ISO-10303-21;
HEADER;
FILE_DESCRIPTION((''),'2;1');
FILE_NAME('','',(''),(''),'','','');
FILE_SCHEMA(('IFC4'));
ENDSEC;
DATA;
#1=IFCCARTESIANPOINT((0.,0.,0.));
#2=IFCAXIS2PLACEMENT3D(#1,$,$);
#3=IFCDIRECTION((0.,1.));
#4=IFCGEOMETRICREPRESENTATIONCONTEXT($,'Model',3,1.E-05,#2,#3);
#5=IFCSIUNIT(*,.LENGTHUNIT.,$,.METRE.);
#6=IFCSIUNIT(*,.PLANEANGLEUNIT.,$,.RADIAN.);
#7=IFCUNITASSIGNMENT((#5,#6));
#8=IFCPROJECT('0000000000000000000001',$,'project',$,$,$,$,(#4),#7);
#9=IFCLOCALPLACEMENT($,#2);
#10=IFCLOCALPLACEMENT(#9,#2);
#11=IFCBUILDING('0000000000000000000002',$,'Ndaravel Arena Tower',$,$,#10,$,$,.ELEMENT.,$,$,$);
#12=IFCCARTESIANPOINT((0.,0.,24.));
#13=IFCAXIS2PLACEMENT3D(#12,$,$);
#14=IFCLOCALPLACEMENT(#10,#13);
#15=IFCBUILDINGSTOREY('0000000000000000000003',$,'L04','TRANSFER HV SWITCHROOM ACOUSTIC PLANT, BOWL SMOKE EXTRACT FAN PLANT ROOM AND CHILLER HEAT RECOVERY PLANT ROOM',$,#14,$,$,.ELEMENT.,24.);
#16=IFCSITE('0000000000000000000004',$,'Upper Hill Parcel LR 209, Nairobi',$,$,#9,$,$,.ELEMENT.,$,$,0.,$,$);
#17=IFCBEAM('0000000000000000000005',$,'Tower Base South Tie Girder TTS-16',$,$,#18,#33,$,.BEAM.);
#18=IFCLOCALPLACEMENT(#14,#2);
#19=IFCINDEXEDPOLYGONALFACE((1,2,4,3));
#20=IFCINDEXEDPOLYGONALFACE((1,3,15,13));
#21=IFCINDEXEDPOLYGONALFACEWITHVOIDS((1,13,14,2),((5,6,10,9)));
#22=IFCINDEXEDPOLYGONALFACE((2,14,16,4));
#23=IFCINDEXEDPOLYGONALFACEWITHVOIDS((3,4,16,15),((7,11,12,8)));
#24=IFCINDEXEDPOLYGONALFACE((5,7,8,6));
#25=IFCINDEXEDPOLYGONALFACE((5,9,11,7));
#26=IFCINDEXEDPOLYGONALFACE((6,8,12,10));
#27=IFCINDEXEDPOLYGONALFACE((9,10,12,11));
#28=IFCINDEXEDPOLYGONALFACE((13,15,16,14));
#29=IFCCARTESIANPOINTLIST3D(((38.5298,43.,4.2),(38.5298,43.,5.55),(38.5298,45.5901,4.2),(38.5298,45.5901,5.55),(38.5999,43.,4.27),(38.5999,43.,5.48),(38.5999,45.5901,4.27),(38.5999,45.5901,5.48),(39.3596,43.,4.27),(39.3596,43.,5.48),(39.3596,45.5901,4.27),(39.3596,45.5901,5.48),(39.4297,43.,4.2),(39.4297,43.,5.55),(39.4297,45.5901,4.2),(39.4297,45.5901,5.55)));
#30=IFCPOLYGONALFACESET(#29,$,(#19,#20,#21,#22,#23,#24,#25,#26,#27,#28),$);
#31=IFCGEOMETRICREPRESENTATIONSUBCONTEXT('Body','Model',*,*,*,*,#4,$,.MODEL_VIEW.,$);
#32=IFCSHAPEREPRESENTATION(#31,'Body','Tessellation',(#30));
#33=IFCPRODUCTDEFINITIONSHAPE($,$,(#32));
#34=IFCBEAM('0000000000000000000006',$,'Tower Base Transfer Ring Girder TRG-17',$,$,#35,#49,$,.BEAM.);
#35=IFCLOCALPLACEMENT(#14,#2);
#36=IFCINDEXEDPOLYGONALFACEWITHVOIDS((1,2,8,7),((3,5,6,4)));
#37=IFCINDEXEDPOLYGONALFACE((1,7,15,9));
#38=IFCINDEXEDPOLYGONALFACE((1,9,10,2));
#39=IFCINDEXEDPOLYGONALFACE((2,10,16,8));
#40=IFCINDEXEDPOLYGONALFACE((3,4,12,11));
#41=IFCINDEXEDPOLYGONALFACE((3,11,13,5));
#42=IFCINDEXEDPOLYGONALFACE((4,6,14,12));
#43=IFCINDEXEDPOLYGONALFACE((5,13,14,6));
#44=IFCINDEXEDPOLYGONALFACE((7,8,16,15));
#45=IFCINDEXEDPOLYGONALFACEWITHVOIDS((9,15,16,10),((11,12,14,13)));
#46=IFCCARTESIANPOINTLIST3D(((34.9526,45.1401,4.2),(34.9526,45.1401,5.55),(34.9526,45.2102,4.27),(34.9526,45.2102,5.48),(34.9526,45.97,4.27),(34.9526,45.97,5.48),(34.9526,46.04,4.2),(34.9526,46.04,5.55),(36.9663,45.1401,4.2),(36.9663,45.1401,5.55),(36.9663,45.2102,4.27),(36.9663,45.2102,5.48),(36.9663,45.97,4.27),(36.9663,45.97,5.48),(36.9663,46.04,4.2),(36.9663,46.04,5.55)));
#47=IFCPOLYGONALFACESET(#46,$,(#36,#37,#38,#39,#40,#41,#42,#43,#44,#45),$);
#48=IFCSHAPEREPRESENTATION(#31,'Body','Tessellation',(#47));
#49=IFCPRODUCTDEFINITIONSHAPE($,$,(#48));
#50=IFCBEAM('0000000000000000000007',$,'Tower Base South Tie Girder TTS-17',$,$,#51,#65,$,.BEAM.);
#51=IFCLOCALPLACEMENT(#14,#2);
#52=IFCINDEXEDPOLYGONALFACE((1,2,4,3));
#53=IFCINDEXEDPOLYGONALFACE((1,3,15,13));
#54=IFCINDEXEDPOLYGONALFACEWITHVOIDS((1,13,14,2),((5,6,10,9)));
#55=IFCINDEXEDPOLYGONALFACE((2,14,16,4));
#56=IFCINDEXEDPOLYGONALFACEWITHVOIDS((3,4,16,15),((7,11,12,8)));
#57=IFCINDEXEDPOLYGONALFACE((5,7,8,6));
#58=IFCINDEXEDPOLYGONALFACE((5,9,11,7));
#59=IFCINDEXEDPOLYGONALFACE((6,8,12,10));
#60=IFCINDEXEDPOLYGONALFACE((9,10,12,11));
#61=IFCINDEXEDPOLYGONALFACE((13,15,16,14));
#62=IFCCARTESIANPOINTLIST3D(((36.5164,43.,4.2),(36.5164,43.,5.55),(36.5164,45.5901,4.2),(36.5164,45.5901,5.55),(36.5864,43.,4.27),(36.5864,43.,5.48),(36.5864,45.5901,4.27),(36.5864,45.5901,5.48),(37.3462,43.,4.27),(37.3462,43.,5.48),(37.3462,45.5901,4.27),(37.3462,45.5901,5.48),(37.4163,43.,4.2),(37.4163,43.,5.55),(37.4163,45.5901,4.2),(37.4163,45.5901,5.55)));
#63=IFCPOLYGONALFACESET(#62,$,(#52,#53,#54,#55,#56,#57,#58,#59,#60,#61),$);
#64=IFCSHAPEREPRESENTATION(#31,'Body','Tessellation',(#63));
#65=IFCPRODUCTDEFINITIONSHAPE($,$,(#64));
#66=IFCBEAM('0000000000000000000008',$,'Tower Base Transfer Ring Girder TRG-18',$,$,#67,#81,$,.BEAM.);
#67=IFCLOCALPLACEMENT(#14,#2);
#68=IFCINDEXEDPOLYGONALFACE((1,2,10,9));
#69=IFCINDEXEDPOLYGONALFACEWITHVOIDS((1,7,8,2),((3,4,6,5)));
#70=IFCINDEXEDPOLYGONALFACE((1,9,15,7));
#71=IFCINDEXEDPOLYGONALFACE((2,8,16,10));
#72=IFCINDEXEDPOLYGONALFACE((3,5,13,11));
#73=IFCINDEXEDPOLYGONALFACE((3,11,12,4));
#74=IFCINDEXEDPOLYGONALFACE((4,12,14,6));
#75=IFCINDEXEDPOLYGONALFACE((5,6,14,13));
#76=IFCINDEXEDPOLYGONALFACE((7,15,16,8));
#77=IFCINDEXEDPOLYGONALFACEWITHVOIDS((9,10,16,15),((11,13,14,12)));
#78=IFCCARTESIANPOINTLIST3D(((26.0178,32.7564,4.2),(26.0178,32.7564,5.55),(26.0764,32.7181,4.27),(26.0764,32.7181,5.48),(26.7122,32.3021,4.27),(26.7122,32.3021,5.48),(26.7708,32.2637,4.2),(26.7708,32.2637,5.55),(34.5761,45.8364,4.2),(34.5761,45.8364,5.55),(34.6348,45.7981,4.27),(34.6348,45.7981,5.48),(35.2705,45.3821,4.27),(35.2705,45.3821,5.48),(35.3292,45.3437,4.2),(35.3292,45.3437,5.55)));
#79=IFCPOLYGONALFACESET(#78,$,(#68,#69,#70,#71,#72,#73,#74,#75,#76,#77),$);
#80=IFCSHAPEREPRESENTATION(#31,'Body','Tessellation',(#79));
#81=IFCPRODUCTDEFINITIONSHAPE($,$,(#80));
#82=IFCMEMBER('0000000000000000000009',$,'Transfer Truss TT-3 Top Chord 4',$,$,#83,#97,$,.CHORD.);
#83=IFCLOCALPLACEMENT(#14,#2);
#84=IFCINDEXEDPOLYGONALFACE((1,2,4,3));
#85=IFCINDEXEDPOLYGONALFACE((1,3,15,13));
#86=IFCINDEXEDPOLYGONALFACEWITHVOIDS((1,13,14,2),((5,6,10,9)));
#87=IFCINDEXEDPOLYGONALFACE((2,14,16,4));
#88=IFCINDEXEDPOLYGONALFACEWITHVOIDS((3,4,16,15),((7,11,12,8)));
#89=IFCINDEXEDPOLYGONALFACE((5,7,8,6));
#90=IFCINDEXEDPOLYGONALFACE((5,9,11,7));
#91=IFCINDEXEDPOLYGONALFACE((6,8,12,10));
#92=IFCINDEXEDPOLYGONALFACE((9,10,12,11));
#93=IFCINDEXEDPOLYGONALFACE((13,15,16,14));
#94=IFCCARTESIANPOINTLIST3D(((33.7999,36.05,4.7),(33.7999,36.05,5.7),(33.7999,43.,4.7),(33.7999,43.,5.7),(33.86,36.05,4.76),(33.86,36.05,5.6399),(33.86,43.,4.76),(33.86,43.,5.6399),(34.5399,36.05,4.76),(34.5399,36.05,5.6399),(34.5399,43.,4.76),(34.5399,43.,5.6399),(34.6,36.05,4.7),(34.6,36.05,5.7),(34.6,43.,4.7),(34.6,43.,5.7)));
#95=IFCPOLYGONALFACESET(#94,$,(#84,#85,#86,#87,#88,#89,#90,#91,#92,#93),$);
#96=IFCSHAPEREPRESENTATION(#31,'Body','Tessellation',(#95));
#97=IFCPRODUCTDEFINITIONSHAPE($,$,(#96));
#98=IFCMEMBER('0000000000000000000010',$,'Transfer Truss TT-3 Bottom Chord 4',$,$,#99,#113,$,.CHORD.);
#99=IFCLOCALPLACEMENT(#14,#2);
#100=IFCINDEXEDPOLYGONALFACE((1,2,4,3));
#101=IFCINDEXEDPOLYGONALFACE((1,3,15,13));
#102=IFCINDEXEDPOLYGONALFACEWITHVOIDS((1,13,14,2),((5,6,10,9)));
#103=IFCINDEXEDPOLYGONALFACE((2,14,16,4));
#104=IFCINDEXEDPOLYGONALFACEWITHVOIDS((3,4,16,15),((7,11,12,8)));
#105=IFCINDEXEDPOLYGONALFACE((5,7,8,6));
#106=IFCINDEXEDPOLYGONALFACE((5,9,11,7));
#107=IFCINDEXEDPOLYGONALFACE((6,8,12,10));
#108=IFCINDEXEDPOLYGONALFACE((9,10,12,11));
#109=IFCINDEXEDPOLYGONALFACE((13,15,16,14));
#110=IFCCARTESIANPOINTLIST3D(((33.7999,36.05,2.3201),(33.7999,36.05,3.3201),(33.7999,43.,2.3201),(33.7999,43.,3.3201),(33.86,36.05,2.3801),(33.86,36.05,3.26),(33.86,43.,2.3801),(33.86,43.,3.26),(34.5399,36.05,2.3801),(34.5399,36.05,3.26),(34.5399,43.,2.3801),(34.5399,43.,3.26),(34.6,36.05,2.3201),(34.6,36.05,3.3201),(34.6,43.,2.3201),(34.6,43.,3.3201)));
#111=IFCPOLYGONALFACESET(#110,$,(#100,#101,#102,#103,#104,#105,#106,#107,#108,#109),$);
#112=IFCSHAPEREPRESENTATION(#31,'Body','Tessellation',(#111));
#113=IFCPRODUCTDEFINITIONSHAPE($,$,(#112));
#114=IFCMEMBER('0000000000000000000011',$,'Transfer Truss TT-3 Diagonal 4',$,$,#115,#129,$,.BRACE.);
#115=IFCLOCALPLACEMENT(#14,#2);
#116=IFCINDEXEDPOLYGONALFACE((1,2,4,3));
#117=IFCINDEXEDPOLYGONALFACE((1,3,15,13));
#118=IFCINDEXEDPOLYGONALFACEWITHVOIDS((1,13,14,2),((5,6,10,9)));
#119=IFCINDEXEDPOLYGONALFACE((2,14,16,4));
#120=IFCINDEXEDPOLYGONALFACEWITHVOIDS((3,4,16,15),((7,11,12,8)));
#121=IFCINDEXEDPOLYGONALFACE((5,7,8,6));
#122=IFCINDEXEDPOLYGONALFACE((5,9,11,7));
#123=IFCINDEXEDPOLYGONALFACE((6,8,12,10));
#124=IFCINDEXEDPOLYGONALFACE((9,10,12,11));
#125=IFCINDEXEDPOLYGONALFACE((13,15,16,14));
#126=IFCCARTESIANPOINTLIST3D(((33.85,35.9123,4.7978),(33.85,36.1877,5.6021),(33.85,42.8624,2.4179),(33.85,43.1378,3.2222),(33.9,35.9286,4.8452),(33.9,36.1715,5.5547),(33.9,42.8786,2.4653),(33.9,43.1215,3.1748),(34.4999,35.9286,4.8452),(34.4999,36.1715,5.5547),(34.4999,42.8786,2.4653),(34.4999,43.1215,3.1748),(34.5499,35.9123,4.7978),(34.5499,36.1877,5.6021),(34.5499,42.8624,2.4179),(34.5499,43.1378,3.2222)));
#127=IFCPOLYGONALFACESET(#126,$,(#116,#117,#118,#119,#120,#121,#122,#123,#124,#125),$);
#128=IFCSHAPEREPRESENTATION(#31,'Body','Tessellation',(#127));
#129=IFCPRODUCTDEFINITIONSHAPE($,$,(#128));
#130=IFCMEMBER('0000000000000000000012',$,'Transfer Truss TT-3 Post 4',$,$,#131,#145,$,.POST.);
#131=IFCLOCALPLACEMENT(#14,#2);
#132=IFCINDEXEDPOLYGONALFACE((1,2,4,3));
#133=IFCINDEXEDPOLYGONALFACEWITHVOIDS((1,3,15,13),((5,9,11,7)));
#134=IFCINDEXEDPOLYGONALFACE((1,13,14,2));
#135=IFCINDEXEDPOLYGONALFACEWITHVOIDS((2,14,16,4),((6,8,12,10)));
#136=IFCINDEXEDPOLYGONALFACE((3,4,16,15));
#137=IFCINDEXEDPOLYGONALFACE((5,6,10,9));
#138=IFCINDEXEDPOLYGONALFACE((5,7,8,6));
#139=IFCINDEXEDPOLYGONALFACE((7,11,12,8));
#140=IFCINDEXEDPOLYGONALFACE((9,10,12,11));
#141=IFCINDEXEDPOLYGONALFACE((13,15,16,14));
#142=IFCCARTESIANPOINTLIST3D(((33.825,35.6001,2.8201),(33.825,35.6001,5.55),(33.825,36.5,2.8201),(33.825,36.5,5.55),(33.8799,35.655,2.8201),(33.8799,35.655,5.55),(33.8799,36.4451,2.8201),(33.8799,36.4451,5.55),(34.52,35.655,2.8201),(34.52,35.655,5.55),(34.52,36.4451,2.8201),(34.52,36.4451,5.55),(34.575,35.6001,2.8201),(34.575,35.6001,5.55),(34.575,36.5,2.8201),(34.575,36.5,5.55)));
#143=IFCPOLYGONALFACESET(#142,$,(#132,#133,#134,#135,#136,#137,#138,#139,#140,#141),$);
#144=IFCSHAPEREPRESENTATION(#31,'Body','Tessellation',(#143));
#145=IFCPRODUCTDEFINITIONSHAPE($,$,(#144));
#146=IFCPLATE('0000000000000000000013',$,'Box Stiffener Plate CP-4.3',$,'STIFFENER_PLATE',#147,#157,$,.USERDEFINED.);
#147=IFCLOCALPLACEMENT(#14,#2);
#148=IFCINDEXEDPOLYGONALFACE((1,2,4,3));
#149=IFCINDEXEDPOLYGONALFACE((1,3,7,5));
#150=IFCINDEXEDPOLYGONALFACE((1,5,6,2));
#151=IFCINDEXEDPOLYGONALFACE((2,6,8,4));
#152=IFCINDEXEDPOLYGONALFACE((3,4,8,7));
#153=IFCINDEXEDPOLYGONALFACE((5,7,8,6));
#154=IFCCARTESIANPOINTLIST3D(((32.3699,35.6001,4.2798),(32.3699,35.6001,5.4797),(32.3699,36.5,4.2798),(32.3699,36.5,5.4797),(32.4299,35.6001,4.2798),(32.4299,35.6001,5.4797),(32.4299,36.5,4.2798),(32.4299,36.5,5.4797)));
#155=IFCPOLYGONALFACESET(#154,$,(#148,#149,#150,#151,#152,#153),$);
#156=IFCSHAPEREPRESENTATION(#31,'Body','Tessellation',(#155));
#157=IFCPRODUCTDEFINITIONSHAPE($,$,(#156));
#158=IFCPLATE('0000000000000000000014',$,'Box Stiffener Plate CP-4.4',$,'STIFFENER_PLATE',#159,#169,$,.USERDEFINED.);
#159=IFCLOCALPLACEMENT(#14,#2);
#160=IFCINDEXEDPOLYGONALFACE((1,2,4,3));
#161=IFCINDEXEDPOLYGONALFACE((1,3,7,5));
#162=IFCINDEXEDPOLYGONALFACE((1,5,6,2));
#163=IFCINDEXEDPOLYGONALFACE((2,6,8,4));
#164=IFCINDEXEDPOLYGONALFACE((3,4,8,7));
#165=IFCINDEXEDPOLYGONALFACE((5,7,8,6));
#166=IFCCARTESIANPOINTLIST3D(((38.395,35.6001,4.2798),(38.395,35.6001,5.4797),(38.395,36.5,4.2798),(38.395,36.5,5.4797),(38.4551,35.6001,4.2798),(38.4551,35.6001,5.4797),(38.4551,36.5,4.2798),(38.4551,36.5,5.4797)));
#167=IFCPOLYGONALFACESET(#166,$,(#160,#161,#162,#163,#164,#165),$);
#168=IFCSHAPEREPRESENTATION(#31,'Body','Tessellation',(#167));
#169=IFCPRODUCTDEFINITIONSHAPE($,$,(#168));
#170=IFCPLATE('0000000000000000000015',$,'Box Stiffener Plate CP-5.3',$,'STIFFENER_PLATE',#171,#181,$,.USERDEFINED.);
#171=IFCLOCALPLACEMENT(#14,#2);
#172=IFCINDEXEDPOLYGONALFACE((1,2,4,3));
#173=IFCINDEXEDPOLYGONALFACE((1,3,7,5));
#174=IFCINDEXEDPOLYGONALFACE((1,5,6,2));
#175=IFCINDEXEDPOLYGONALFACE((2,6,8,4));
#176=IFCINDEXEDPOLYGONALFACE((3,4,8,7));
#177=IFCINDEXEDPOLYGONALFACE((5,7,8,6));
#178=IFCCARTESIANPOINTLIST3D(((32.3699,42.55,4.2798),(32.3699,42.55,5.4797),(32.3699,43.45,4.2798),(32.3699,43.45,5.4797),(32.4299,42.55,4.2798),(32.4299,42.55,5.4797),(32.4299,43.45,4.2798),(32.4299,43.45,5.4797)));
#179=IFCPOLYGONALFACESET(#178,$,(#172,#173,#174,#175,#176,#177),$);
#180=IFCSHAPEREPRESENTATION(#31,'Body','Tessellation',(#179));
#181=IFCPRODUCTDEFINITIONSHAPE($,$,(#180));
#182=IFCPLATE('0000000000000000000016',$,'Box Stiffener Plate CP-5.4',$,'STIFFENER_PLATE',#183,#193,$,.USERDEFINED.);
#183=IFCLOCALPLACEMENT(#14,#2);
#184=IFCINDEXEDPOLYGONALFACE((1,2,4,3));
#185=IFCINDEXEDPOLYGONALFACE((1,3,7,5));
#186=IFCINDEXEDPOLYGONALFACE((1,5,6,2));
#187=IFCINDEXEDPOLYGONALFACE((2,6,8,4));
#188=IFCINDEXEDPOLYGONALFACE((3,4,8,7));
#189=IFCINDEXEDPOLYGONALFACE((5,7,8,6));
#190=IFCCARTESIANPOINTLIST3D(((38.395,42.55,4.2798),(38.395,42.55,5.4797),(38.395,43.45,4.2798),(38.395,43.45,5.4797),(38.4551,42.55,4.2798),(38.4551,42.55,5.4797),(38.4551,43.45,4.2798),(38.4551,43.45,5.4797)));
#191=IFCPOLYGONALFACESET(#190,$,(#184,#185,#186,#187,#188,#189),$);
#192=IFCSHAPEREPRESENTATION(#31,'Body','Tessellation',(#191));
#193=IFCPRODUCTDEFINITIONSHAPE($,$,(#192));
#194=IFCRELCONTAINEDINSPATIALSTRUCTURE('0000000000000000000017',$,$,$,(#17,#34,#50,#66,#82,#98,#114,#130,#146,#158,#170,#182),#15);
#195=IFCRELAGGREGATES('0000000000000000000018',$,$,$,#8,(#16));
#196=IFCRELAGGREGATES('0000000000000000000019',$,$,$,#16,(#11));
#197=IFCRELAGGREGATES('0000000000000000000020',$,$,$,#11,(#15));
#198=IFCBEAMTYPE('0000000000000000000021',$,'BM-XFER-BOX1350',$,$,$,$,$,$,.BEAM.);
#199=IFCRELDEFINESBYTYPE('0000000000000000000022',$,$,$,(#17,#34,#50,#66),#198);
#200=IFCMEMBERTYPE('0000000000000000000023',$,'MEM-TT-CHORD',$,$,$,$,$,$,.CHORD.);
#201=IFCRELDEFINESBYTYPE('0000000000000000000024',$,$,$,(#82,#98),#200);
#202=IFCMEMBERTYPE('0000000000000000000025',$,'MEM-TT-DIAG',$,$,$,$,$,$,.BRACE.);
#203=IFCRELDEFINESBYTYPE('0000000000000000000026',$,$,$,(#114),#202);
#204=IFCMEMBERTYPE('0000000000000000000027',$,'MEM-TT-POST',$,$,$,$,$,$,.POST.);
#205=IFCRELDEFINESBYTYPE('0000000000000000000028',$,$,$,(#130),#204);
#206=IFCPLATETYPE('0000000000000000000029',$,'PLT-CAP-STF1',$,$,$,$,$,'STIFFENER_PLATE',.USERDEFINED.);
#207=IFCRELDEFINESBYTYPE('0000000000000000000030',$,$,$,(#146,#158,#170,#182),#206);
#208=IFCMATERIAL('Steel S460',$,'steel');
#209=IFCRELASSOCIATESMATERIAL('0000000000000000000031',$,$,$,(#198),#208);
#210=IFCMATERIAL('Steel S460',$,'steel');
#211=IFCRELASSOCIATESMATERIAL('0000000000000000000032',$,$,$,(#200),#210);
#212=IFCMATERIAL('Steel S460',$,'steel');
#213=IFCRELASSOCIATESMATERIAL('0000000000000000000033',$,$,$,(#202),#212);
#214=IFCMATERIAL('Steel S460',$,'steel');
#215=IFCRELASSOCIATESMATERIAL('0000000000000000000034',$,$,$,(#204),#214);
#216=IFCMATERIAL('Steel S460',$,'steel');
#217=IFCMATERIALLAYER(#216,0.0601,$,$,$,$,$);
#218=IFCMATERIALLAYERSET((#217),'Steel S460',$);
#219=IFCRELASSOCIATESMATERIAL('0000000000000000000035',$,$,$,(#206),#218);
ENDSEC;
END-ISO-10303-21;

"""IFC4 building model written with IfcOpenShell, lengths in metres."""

from ifc_helpers import new_model, si_unit, direction, frame, origin, origin_2d, place, context, subcontext, project, spatial, rectangle, hollow_rectangle, extrude, material, layer, layer_set, material_profile, profile_set, type_object, element, save


model = new_model("IFC4")

# Units and contexts
model_context = context("Model", 3, precision=1e-05, world=origin(), true_north=direction((0.0, 1.0)))
body_context = subcontext(model_context, "Body", "Model", "MODEL_VIEW")
ifc_project = project(units=[si_unit("LENGTHUNIT", "METRE"), si_unit("PLANEANGLEUNIT", "RADIAN")], contexts=[model_context])

# Site, building, storey
site_placement = place(None, origin())
site = spatial("IfcSite", under=ifc_project, at=site_placement, Name="Upper Hill Parcel LR 209, Nairobi", CompositionType="ELEMENT", RefElevation=0.0)
building_placement = place(site_placement, origin())
building = spatial("IfcBuilding", under=site, at=building_placement, Name="Ndaravel Arena Tower", CompositionType="ELEMENT")
storey_placement = place(building_placement, frame((0.0, 0.0, 24.0)))
storey = spatial("IfcBuildingStorey", under=building, at=storey_placement, Name="L04", Description="TRANSFER HV SWITCHROOM ACOUSTIC PLANT, BOWL SMOKE EXTRACT FAN PLANT ROOM AND CHILLER HEAT RECOVERY PLANT ROOM", CompositionType="ELEMENT", Elevation=24.0)

# Beams
ifc_material_1 = material(Name="Steel S460", Category="steel")
ifc_material_profile_1 = material_profile(ifc_material_1, hollow_rectangle(XDim=0.8999, YDim=1.3501, WallThickness=0.0701, at=origin_2d()), Name="BOX 1350x900x70")
ifc_profile_set_1 = profile_set([ifc_material_profile_1], Name="Steel S460")
beam_type_1 = type_object("IfcBeamType", Name="BM-XFER-BOX1350", PredefinedType="BEAM", material=ifc_profile_set_1)
beam_1_placement = place(storey_placement, frame((38.9797, 43.0, 4.875), z_axis=(0.0, 1.0, 0.0), x_axis=(-1.0, 0.0, 0.0)))
element("IfcBeam", 1, at=beam_1_placement, inside=storey, type_object=beam_type_1, Name="Tower Base South Tie Girder TTS-16", PredefinedType="BEAM", context=body_context, shape_type="SweptSolid", body=[
    extrude(hollow_rectangle(XDim=0.8999, YDim=1.3501, WallThickness=0.0701, at=origin_2d()), origin(), (0.0, 0.0, 1.0), 2.5901),
])
beam_2_placement = place(storey_placement, frame((36.9663, 45.5901, 4.875), z_axis=(-1.0, 0.0, 0.0), x_axis=(0.0, -1.0, 0.0)))
element("IfcBeam", 2, at=beam_2_placement, inside=storey, type_object=beam_type_1, Name="Tower Base Transfer Ring Girder TRG-17", PredefinedType="BEAM", context=body_context, shape_type="SweptSolid", body=[
    extrude(hollow_rectangle(XDim=0.8999, YDim=1.3501, WallThickness=0.0701, at=origin_2d()), origin(), (0.0, 0.0, 1.0), 2.0137),
])
beam_3_placement = place(storey_placement, frame((36.9663, 43.0, 4.875), z_axis=(0.0, 1.0, 0.0), x_axis=(-1.0, 0.0, 0.0)))
element("IfcBeam", 3, at=beam_3_placement, inside=storey, type_object=beam_type_1, Name="Tower Base South Tie Girder TTS-17", PredefinedType="BEAM", context=body_context, shape_type="SweptSolid", body=[
    extrude(hollow_rectangle(XDim=0.8999, YDim=1.3501, WallThickness=0.0701, at=origin_2d()), origin(), (0.0, 0.0, 1.0), 2.5901),
])
beam_4_placement = place(storey_placement, frame((34.9526, 45.5901, 4.875), z_axis=(-0.547518, -0.836794, 0.0), x_axis=(0.836794, -0.547518, 0.0)))
element("IfcBeam", 4, at=beam_4_placement, inside=storey, type_object=beam_type_1, Name="Tower Base Transfer Ring Girder TRG-18", PredefinedType="BEAM", context=body_context, shape_type="SweptSolid", body=[
    extrude(hollow_rectangle(XDim=0.8999, YDim=1.3501, WallThickness=0.0701, at=origin_2d()), origin(), (0.0, 0.0, 1.0), 15.6311),
])

# Members
ifc_material_2 = material(Name="Steel S460", Category="steel")
ifc_material_profile_2 = material_profile(ifc_material_2, hollow_rectangle(XDim=0.8, YDim=1.0, WallThickness=0.0601, at=origin_2d()), Name="BOX 1000x800x60")
ifc_profile_set_2 = profile_set([ifc_material_profile_2], Name="Steel S460")
member_type_1 = type_object("IfcMemberType", Name="MEM-TT-CHORD", PredefinedType="CHORD", material=ifc_profile_set_2)
for number, where, z_axis, x_axis, name in (
    (5, (34.2, 36.05, 5.2), (0.0, 1.0, 0.0), (-1.0, 0.0, 0.0), "Transfer Truss TT-3 Top Chord 4"),
    (6, (34.2, 36.05, 2.8201), (0.0, 1.0, 0.0), (-1.0, 0.0, 0.0), "Transfer Truss TT-3 Bottom Chord 4"),
):
    element("IfcMember", number, at=place(storey_placement, frame(where, z_axis=z_axis, x_axis=x_axis)), inside=storey, type_object=member_type_1, Name=name, PredefinedType="CHORD", context=body_context, shape_type="SweptSolid", body=[
        extrude(hollow_rectangle(XDim=0.8, YDim=1.0, WallThickness=0.0601, at=origin_2d()), origin(), (0.0, 0.0, 1.0), 6.95),
    ])
ifc_material_3 = material(Name="Steel S460", Category="steel")
ifc_material_profile_3 = material_profile(ifc_material_3, hollow_rectangle(XDim=0.7, YDim=0.8501, WallThickness=0.05, at=origin_2d()), Name="BOX 850x700x50")
ifc_profile_set_3 = profile_set([ifc_material_profile_3], Name="Steel S460")
member_type_2 = type_object("IfcMemberType", Name="MEM-TT-DIAG", PredefinedType="BRACE", material=ifc_profile_set_3)
member_1_placement = place(storey_placement, frame((34.2, 36.05, 5.2), z_axis=(0.0, 0.946069, -0.323964), x_axis=(-1.0, 0.0, 0.0)))
element("IfcMember", 7, at=member_1_placement, inside=storey, type_object=member_type_2, Name="Transfer Truss TT-3 Diagonal 4", PredefinedType="BRACE", context=body_context, shape_type="SweptSolid", body=[
    extrude(hollow_rectangle(XDim=0.7, YDim=0.8501, WallThickness=0.05, at=origin_2d()), origin(), (0.0, 0.0, 1.0), 7.3462),
])
ifc_material_4 = material(Name="Steel S460", Category="steel")
ifc_material_profile_4 = material_profile(ifc_material_4, hollow_rectangle(XDim=0.75, YDim=0.8999, WallThickness=0.0549, at=origin_2d()), Name="BOX 900x750x55")
ifc_profile_set_4 = profile_set([ifc_material_profile_4], Name="Steel S460")
member_type_3 = type_object("IfcMemberType", Name="MEM-TT-POST", PredefinedType="POST", material=ifc_profile_set_4)
member_2_placement = place(storey_placement, frame((34.2, 36.05, 2.8201), z_axis=(0.0, 0.0, 1.0), x_axis=(1.0, 0.0, 0.0)))
element("IfcMember", 8, at=member_2_placement, inside=storey, type_object=member_type_3, Name="Transfer Truss TT-3 Post 4", PredefinedType="POST", context=body_context, shape_type="SweptSolid", body=[
    extrude(hollow_rectangle(XDim=0.75, YDim=0.8999, WallThickness=0.0549, at=origin_2d()), origin(), (0.0, 0.0, 1.0), 2.73),
])

# Plates
ifc_material_5 = material(Name="Steel S460", Category="steel")
ifc_layer_1 = layer(ifc_material_5, 0.0601)
ifc_layer_set_1 = layer_set([ifc_layer_1], Name="Steel S460")
plate_type_1 = type_object("IfcPlateType", Name="PLT-CAP-STF1", ElementType="STIFFENER_PLATE", PredefinedType="USERDEFINED", material=ifc_layer_set_1)
for number, where, z_axis, x_axis, name in (
    (9, (32.3999, 36.05, 4.2798), (0.0, 0.0, 1.0), (1.0, 0.0, 0.0), "Box Stiffener Plate CP-4.3"),
    (10, (38.425, 36.05, 4.2798), (0.0, 0.0, 1.0), (1.0, 0.0, 0.0), "Box Stiffener Plate CP-4.4"),
    (11, (32.3999, 43.0, 4.2798), (0.0, 0.0, 1.0), (1.0, 0.0, 0.0), "Box Stiffener Plate CP-5.3"),
    (12, (38.425, 43.0, 4.2798), (0.0, 0.0, 1.0), (1.0, 0.0, 0.0), "Box Stiffener Plate CP-5.4"),
):
    element("IfcPlate", number, at=place(storey_placement, frame(where, z_axis=z_axis, x_axis=x_axis)), inside=storey, type_object=plate_type_1, Name=name, ObjectType="STIFFENER_PLATE", PredefinedType="USERDEFINED", context=body_context, shape_type="SweptSolid", body=[
        extrude(rectangle(XDim=0.0601, YDim=0.8999, at=origin_2d()), origin(), (0.0, 0.0, 1.0), 1.2),
    ])

save(model, "model.ifc")
